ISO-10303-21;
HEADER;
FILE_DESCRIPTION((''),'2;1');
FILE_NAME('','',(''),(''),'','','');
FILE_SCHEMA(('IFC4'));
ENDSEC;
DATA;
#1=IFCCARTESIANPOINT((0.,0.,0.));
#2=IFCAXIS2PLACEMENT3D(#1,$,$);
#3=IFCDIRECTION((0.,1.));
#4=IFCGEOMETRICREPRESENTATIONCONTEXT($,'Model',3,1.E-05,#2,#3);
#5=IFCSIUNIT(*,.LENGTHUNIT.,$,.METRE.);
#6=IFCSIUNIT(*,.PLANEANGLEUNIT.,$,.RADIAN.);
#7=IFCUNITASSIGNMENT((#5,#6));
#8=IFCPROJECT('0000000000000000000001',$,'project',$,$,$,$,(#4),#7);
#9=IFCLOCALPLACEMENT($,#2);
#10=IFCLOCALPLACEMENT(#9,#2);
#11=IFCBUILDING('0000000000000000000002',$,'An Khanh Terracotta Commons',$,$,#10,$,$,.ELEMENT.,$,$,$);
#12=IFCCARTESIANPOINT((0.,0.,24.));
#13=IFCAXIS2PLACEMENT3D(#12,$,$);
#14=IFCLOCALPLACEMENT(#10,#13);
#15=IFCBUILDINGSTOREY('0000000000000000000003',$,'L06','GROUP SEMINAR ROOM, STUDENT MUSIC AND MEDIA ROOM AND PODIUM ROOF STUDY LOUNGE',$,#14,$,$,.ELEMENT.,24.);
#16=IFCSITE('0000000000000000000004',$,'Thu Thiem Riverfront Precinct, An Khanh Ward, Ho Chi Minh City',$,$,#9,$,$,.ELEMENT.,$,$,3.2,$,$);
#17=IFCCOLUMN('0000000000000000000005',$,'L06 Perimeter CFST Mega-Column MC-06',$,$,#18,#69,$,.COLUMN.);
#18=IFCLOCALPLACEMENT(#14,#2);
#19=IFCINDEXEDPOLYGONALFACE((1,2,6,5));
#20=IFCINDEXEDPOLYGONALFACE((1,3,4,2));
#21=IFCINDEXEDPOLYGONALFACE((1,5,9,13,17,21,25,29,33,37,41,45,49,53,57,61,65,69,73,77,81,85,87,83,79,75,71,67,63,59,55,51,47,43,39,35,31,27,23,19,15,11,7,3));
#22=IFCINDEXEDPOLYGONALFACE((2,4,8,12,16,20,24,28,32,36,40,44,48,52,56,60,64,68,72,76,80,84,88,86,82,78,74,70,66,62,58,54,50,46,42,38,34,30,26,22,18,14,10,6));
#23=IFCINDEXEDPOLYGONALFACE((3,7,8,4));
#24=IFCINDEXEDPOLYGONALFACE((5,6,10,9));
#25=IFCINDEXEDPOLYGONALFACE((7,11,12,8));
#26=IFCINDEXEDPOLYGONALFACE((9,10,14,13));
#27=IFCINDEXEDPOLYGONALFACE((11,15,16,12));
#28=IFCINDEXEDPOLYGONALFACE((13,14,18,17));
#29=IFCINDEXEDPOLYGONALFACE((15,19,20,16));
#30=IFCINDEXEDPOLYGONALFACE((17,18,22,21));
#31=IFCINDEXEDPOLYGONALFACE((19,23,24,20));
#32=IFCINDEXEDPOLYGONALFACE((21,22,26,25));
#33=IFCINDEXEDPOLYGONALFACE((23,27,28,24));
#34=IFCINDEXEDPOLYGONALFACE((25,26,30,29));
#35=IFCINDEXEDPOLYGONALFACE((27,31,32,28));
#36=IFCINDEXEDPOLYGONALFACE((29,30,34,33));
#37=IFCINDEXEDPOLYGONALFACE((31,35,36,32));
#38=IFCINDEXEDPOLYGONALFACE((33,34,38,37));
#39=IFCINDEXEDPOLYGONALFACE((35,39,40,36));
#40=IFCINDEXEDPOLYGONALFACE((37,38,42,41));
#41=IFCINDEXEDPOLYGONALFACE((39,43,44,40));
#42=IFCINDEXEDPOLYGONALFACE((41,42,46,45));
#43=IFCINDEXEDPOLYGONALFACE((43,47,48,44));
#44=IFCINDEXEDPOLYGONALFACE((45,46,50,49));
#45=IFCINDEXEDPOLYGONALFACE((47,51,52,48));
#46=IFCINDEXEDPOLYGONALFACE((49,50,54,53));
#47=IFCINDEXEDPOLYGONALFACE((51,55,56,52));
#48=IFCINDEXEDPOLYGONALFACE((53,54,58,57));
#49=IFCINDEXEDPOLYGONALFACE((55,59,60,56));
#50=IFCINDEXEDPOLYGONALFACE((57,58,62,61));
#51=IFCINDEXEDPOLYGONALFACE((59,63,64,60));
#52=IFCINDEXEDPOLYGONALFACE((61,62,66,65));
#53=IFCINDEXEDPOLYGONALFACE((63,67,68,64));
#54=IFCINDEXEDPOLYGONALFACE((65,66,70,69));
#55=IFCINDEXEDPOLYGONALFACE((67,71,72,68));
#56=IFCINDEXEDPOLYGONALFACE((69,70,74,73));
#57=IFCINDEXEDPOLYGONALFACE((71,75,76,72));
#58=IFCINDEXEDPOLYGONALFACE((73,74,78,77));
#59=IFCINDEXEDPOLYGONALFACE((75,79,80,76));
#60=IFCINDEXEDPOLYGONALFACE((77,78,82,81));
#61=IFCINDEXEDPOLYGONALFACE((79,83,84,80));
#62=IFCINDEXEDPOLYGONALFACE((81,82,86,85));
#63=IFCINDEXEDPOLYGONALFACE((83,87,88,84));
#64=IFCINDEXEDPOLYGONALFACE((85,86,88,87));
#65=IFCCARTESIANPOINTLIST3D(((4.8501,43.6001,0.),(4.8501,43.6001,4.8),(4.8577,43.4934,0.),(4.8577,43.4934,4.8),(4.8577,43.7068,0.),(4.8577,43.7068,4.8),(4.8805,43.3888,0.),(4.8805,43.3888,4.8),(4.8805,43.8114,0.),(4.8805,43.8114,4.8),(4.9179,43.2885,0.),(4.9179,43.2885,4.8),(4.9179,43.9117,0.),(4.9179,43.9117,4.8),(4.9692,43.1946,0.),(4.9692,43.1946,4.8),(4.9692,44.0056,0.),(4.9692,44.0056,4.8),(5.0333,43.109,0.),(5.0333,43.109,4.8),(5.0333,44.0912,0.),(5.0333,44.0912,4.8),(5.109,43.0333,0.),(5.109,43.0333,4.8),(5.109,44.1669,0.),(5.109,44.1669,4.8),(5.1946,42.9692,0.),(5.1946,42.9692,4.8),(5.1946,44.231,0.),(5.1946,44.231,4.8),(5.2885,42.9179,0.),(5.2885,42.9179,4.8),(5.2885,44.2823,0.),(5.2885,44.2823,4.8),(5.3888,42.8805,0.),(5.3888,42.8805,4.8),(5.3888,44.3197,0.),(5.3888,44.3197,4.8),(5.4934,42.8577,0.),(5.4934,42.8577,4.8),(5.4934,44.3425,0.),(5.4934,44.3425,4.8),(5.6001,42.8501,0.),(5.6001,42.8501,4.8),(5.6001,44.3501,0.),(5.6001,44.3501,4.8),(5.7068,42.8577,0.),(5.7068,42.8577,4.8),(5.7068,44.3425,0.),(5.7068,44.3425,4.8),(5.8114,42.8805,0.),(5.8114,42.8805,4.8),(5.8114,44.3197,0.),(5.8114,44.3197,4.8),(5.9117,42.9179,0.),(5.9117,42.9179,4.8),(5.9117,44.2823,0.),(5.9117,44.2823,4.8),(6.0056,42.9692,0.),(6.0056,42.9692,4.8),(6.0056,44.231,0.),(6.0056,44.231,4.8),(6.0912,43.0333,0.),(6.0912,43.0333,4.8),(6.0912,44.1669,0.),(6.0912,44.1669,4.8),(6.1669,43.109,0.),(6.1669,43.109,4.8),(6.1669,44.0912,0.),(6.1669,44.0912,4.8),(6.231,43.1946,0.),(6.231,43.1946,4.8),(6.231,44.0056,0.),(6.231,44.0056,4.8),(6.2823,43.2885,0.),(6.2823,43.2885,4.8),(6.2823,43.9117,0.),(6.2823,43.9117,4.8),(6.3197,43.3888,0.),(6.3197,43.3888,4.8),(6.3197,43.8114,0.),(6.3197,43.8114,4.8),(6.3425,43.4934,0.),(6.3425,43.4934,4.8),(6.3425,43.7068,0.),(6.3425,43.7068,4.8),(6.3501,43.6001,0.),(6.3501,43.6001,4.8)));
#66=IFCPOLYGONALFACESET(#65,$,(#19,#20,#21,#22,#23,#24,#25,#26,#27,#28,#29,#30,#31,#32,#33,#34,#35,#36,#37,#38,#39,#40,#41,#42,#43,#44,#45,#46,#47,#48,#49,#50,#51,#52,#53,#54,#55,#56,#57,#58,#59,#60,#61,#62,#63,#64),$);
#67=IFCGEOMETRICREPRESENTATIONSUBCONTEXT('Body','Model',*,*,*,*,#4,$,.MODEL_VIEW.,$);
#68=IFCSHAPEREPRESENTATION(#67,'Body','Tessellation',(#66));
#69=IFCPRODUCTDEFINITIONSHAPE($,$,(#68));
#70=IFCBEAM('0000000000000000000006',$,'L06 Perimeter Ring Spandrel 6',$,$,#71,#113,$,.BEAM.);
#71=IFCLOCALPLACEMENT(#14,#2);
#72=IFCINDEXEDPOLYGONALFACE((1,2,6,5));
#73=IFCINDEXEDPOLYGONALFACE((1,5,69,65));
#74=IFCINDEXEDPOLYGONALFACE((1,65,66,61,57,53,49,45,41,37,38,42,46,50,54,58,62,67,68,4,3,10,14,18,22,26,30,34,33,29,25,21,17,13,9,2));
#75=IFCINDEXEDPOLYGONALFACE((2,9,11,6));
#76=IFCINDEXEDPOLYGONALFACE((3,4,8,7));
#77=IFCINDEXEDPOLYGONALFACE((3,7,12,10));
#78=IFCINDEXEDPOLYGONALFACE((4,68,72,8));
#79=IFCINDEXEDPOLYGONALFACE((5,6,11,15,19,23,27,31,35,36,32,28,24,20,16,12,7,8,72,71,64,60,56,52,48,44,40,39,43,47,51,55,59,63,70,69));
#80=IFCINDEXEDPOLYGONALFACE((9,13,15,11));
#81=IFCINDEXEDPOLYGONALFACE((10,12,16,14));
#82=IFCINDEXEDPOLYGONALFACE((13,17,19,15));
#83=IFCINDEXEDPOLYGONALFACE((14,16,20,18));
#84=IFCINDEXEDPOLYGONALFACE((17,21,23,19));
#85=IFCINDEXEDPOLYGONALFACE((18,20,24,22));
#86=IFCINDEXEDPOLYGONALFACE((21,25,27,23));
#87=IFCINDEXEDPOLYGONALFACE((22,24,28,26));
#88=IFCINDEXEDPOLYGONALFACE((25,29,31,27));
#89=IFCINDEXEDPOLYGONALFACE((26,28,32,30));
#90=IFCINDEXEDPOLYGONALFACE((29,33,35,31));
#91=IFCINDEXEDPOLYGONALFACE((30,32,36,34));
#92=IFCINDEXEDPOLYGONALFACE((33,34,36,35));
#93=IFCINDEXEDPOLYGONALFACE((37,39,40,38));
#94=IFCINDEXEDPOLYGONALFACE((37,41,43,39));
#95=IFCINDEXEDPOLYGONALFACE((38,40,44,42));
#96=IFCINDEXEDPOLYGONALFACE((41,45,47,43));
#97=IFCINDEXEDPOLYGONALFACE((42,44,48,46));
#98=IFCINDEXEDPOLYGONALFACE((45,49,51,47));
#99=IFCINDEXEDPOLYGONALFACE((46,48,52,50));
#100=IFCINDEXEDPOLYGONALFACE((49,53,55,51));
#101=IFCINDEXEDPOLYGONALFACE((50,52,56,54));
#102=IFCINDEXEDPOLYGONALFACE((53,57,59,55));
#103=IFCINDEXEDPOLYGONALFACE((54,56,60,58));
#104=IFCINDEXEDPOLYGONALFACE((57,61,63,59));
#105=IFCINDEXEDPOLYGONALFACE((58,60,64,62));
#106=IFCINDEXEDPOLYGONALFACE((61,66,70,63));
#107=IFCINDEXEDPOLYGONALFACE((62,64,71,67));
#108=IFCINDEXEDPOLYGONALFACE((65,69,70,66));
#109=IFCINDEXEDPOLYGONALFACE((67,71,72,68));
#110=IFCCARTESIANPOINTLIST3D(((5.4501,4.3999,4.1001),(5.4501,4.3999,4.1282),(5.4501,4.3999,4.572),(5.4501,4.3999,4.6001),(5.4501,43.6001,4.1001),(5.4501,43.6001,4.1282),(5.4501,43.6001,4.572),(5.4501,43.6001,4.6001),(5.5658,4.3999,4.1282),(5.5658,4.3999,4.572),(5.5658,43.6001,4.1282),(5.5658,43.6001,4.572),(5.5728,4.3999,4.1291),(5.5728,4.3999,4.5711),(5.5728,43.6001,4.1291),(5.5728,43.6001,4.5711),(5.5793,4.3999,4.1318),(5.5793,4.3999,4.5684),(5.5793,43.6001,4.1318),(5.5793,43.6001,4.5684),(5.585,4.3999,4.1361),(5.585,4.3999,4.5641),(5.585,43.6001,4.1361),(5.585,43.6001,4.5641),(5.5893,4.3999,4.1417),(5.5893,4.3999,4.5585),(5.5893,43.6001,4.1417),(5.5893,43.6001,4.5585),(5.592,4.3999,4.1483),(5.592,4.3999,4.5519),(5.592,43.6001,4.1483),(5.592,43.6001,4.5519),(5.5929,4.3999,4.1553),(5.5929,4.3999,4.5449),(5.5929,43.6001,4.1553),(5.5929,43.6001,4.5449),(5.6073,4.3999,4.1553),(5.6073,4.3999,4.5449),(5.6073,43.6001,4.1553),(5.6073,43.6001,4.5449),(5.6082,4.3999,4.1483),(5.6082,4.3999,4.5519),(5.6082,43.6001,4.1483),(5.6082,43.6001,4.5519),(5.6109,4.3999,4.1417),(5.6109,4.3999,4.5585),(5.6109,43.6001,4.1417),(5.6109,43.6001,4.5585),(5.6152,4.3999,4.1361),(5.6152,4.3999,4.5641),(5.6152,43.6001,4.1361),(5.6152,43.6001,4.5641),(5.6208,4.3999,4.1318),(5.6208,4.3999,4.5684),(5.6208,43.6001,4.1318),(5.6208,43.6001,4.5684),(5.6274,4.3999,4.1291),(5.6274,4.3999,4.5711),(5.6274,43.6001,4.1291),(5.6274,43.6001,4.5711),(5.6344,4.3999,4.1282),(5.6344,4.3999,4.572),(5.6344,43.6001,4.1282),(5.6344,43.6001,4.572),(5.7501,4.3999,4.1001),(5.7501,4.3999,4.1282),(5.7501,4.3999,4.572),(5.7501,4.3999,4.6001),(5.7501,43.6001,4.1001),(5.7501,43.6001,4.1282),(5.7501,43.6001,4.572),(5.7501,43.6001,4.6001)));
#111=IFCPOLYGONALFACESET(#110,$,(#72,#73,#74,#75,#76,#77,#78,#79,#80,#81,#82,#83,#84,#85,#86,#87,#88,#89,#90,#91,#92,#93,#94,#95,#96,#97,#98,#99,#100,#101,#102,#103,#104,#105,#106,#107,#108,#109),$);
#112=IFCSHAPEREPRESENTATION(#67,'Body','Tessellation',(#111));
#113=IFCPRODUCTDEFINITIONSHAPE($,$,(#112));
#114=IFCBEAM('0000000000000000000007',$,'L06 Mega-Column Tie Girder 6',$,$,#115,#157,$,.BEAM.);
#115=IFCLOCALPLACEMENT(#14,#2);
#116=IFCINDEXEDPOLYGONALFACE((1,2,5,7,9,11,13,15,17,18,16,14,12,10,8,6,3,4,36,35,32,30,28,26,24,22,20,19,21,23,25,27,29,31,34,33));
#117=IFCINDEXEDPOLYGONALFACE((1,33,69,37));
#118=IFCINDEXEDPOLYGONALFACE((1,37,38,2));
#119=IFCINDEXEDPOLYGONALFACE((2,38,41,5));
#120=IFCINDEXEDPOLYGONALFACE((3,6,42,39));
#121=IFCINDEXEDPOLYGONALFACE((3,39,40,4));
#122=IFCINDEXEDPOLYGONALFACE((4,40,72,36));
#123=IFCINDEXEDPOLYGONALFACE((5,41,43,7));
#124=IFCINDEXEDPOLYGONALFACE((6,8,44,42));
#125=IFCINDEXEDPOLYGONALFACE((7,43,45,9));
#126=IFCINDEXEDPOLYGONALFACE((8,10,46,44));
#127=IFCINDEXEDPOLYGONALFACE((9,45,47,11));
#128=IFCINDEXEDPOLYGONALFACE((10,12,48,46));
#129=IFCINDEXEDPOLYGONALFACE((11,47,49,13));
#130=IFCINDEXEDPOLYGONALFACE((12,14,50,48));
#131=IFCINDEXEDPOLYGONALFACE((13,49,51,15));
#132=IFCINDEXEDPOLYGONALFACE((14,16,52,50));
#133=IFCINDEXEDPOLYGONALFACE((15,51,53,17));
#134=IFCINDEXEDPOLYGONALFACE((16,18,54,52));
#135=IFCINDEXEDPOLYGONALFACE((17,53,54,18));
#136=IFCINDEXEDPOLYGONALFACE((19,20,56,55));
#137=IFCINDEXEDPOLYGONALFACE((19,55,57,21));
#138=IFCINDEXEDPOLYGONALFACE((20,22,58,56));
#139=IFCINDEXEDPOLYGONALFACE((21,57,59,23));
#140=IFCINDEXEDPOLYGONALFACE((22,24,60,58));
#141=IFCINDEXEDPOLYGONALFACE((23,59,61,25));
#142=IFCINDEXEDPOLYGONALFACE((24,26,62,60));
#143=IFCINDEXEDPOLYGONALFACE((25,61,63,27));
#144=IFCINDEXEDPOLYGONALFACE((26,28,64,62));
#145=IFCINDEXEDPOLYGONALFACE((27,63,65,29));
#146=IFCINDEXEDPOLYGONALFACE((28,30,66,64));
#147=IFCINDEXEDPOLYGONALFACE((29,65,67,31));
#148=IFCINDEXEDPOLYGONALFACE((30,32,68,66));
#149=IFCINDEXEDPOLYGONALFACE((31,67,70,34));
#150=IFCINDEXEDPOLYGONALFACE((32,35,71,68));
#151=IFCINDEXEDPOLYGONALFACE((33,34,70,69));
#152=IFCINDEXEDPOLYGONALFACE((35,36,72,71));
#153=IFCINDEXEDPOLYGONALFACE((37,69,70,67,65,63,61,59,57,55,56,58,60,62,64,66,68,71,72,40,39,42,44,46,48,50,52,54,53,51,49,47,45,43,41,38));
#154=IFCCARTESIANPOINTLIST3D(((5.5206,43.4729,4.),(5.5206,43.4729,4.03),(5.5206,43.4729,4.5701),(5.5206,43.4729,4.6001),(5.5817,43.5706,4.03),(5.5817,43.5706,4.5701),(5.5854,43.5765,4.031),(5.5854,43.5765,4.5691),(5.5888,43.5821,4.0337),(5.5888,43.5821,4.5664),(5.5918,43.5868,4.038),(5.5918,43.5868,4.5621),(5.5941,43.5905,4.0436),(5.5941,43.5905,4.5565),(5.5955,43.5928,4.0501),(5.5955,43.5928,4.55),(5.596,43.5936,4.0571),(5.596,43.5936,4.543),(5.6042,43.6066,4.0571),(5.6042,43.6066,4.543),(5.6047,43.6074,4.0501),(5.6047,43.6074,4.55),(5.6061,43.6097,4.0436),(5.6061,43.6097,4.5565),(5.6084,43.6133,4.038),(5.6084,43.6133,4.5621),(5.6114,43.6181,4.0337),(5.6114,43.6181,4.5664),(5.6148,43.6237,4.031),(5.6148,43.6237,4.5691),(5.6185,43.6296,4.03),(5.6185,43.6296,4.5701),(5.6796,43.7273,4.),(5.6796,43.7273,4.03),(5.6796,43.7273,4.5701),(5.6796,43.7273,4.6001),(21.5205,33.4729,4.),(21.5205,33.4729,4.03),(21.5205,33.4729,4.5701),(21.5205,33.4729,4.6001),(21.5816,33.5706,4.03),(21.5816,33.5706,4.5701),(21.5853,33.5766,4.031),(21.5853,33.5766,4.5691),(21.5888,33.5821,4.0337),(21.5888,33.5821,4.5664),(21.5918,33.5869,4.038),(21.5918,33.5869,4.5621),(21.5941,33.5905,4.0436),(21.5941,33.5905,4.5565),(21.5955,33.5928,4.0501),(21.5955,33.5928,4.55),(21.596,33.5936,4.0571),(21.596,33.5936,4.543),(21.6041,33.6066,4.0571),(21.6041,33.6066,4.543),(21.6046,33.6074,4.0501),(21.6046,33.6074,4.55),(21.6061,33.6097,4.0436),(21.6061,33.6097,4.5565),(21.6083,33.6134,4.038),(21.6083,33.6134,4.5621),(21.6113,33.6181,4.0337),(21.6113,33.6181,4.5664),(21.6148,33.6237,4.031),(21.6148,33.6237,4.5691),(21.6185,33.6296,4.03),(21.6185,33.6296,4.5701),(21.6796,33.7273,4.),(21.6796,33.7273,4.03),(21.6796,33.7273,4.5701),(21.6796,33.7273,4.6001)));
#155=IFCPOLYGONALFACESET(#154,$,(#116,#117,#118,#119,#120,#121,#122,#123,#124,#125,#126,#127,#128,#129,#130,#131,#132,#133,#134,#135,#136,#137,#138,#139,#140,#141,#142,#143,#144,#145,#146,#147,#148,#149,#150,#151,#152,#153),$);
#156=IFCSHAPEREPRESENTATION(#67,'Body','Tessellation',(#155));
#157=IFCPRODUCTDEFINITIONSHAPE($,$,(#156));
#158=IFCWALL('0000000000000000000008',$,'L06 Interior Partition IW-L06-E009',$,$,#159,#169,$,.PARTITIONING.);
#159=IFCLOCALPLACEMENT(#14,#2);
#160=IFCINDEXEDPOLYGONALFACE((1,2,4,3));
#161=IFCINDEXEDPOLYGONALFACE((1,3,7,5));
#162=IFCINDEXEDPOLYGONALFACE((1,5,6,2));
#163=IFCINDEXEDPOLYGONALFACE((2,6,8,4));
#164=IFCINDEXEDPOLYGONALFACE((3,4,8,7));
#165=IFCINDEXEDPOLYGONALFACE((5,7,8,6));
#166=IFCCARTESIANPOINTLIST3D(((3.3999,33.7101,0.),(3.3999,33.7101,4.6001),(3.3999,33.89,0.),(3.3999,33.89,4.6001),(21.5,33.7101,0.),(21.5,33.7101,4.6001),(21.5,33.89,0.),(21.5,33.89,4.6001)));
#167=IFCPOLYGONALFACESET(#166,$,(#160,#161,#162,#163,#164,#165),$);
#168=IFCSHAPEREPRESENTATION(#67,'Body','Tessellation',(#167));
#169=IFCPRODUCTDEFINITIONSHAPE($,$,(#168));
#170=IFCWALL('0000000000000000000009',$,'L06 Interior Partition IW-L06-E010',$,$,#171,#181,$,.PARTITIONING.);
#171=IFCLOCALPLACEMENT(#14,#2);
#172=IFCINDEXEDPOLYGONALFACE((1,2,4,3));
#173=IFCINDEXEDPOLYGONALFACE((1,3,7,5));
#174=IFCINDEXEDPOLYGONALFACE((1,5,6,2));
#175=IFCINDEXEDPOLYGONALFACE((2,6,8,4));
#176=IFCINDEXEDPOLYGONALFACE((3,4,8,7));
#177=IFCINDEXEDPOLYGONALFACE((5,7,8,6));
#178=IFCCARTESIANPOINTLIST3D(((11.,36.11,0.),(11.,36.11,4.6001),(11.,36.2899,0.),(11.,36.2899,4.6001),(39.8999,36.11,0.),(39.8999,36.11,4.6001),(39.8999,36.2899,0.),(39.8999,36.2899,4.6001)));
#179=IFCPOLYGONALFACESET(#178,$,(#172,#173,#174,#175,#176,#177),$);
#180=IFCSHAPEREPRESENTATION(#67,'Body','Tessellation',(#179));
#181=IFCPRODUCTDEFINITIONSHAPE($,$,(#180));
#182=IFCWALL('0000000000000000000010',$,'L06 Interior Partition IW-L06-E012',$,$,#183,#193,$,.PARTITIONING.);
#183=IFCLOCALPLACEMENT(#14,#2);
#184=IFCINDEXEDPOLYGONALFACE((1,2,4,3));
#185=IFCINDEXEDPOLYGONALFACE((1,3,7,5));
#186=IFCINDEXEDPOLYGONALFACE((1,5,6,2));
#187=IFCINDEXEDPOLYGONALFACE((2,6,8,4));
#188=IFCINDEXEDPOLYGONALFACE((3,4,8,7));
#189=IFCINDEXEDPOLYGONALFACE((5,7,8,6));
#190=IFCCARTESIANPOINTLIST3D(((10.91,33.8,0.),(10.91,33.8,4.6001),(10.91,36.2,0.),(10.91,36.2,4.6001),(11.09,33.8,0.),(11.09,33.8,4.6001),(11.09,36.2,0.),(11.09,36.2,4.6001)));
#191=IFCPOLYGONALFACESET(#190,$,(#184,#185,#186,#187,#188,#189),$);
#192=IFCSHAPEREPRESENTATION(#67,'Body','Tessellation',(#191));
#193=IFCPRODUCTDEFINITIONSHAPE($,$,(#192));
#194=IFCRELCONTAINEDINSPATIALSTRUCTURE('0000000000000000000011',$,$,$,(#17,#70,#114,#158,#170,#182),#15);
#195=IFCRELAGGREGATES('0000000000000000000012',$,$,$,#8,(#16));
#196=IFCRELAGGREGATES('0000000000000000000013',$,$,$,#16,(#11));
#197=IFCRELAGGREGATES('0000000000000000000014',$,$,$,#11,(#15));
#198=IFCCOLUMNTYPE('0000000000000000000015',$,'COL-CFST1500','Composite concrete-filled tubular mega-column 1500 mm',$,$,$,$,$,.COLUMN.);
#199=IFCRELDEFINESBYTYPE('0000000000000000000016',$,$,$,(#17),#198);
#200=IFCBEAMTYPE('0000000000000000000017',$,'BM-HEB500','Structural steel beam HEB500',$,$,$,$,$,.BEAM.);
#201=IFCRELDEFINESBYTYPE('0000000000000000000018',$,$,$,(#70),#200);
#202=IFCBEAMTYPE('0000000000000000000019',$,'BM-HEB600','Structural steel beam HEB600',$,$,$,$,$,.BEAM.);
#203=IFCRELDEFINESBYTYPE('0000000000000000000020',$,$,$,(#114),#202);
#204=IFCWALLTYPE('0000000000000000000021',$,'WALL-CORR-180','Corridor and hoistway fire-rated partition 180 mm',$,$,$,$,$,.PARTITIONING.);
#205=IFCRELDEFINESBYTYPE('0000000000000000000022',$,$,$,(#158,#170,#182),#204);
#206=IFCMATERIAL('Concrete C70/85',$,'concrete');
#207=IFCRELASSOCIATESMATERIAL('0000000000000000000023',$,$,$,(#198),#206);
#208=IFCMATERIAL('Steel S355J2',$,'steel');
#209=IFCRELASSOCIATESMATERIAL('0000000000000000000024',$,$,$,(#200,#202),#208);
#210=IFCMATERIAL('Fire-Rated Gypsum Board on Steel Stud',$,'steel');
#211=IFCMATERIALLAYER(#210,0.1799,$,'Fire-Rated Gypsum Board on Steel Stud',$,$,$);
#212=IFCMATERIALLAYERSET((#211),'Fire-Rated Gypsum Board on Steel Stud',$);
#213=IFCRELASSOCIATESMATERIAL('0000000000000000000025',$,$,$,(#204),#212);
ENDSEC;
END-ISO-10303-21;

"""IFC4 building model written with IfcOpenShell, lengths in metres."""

from ifc_helpers import new_model, si_unit, direction, frame, frame_2d, origin, origin_2d, place, context, subcontext, project, spatial, rectangle, circle, i_section, extrude, material, layer, layer_set, material_profile, profile_set, type_object, element, save


model = new_model("IFC4")

# Units and contexts
model_context = context("Model", 3, precision=1e-05, world=origin(), true_north=direction((0.0, 1.0)))
body_context = subcontext(model_context, "Body", "Model", "MODEL_VIEW")
ifc_project = project(units=[si_unit("LENGTHUNIT", "METRE"), si_unit("PLANEANGLEUNIT", "RADIAN")], contexts=[model_context])

# Site, building, storey
site_placement = place(None, origin())
site = spatial("IfcSite", under=ifc_project, at=site_placement, Name="Thu Thiem Riverfront Precinct, An Khanh Ward, Ho Chi Minh City", CompositionType="ELEMENT", RefElevation=3.2)
building_placement = place(site_placement, origin())
building = spatial("IfcBuilding", under=site, at=building_placement, Name="An Khanh Terracotta Commons", CompositionType="ELEMENT")
storey_placement = place(building_placement, frame((0.0, 0.0, 24.0)))
storey = spatial("IfcBuildingStorey", under=building, at=storey_placement, Name="L06", Description="GROUP SEMINAR ROOM, STUDENT MUSIC AND MEDIA ROOM AND PODIUM ROOF STUDY LOUNGE", CompositionType="ELEMENT", Elevation=24.0)

# Column
ifc_material_1 = material(Name="Concrete C70/85", Category="concrete")
ifc_material_profile_1 = material_profile(ifc_material_1, circle(Radius=0.75, at=origin_2d()), Name="CFST1500")
ifc_profile_set_1 = profile_set([ifc_material_profile_1], Name="Concrete C70/85")
column_type = type_object("IfcColumnType", Name="COL-CFST1500", Description="Composite concrete-filled tubular mega-column 1500 mm", PredefinedType="COLUMN", material=ifc_profile_set_1)
column_placement = place(storey_placement, frame((5.6001, 43.6001, 0.0), z_axis=(0.0, 0.0, 1.0), x_axis=(1.0, 0.0, 0.0)))
element("IfcColumn", 1, at=column_placement, inside=storey, type_object=column_type, Name="L06 Perimeter CFST Mega-Column MC-06", PredefinedType="COLUMN", context=body_context, shape_type="SweptSolid", body=[
    extrude(circle(Radius=0.75, at=origin_2d()), origin(), (0.0, 0.0, 1.0), 4.8),
])

# Beams
ifc_material_2 = material(Name="Steel S355J2", Category="steel")
ifc_material_profile_2 = material_profile(ifc_material_2, i_section(OverallWidth=0.3, OverallDepth=0.5, WebThickness=0.0144, FlangeThickness=0.0281, FilletRadius=0.0271, at=origin_2d()), Name="HEB500")
ifc_profile_set_2 = profile_set([ifc_material_profile_2], Name="Steel S355J2")
beam_type_1 = type_object("IfcBeamType", Name="BM-HEB500", Description="Structural steel beam HEB500", PredefinedType="BEAM", material=ifc_profile_set_2)
beam_1_placement = place(storey_placement, frame((5.6001, 43.6001, 4.3501), z_axis=(0.0, -1.0, 0.0), x_axis=(1.0, 0.0, 0.0)))
element("IfcBeam", 2, at=beam_1_placement, inside=storey, type_object=beam_type_1, Name="L06 Perimeter Ring Spandrel 6", PredefinedType="BEAM", context=body_context, shape_type="SweptSolid", body=[
    extrude(i_section(OverallWidth=0.3, OverallDepth=0.5, WebThickness=0.0144, FlangeThickness=0.0281, FilletRadius=0.0271, at=origin_2d()), origin(), (0.0, 0.0, 1.0), 39.2002),
])
ifc_material_profile_3 = material_profile(ifc_material_2, i_section(OverallWidth=0.3, OverallDepth=0.6001, WebThickness=0.0154, FlangeThickness=0.03, FilletRadius=0.0271, at=origin_2d()), Name="HEB600")
ifc_profile_set_3 = profile_set([ifc_material_profile_3], Name="Steel S355J2")
beam_type_2 = type_object("IfcBeamType", Name="BM-HEB600", Description="Structural steel beam HEB600", PredefinedType="BEAM", material=ifc_profile_set_3)
beam_2_placement = place(storey_placement, frame((5.6001, 43.6001, 4.3), z_axis=(0.847998, -0.529999, 0.0), x_axis=(0.529999, 0.847998, 0.0)))
element("IfcBeam", 3, at=beam_2_placement, inside=storey, type_object=beam_type_2, Name="L06 Mega-Column Tie Girder 6", PredefinedType="BEAM", context=body_context, shape_type="SweptSolid", body=[
    extrude(i_section(OverallWidth=0.3, OverallDepth=0.6001, WebThickness=0.0154, FlangeThickness=0.03, FilletRadius=0.0271, at=origin_2d()), origin(), (0.0, 0.0, 1.0), 18.8679),
])

# Walls
ifc_material_3 = material(Name="Fire-Rated Gypsum Board on Steel Stud", Category="steel")
ifc_layer_1 = layer(ifc_material_3, 0.1799, Name="Fire-Rated Gypsum Board on Steel Stud")
ifc_layer_set_1 = layer_set([ifc_layer_1], Name="Fire-Rated Gypsum Board on Steel Stud")
wall_type_1 = type_object("IfcWallType", Name="WALL-CORR-180", Description="Corridor and hoistway fire-rated partition 180 mm", PredefinedType="PARTITIONING", material=ifc_layer_set_1)
wall_1_placement = place(storey_placement, frame((3.3999, 33.8, 0.0), z_axis=(0.0, 0.0, 1.0), x_axis=(1.0, 0.0, 0.0)))
element("IfcWall", 4, at=wall_1_placement, inside=storey, type_object=wall_type_1, Name="L06 Interior Partition IW-L06-E009", PredefinedType="PARTITIONING", context=body_context, shape_type="SweptSolid", body=[
    extrude(rectangle(XDim=18.1001, YDim=0.1799, at=frame_2d((9.05, 0.0))), origin(), (0.0, 0.0, 1.0), 4.6001),
])
wall_2_placement = place(storey_placement, frame((11.0, 36.2, 0.0), z_axis=(0.0, 0.0, 1.0), x_axis=(1.0, 0.0, 0.0)))
element("IfcWall", 5, at=wall_2_placement, inside=storey, type_object=wall_type_1, Name="L06 Interior Partition IW-L06-E010", PredefinedType="PARTITIONING", context=body_context, shape_type="SweptSolid", body=[
    extrude(rectangle(XDim=28.8999, YDim=0.1799, at=frame_2d((14.45, 0.0))), origin(), (0.0, 0.0, 1.0), 4.6001),
])
wall_3_placement = place(storey_placement, frame((11.0, 33.8, 0.0), z_axis=(0.0, 0.0, 1.0), x_axis=(0.0, 1.0, 0.0)))
element("IfcWall", 6, at=wall_3_placement, inside=storey, type_object=wall_type_1, Name="L06 Interior Partition IW-L06-E012", PredefinedType="PARTITIONING", context=body_context, shape_type="SweptSolid", body=[
    extrude(rectangle(XDim=2.3999, YDim=0.1799, at=frame_2d((1.2, 0.0))), origin(), (0.0, 0.0, 1.0), 4.6001),
])

save(model, "model.ifc")
